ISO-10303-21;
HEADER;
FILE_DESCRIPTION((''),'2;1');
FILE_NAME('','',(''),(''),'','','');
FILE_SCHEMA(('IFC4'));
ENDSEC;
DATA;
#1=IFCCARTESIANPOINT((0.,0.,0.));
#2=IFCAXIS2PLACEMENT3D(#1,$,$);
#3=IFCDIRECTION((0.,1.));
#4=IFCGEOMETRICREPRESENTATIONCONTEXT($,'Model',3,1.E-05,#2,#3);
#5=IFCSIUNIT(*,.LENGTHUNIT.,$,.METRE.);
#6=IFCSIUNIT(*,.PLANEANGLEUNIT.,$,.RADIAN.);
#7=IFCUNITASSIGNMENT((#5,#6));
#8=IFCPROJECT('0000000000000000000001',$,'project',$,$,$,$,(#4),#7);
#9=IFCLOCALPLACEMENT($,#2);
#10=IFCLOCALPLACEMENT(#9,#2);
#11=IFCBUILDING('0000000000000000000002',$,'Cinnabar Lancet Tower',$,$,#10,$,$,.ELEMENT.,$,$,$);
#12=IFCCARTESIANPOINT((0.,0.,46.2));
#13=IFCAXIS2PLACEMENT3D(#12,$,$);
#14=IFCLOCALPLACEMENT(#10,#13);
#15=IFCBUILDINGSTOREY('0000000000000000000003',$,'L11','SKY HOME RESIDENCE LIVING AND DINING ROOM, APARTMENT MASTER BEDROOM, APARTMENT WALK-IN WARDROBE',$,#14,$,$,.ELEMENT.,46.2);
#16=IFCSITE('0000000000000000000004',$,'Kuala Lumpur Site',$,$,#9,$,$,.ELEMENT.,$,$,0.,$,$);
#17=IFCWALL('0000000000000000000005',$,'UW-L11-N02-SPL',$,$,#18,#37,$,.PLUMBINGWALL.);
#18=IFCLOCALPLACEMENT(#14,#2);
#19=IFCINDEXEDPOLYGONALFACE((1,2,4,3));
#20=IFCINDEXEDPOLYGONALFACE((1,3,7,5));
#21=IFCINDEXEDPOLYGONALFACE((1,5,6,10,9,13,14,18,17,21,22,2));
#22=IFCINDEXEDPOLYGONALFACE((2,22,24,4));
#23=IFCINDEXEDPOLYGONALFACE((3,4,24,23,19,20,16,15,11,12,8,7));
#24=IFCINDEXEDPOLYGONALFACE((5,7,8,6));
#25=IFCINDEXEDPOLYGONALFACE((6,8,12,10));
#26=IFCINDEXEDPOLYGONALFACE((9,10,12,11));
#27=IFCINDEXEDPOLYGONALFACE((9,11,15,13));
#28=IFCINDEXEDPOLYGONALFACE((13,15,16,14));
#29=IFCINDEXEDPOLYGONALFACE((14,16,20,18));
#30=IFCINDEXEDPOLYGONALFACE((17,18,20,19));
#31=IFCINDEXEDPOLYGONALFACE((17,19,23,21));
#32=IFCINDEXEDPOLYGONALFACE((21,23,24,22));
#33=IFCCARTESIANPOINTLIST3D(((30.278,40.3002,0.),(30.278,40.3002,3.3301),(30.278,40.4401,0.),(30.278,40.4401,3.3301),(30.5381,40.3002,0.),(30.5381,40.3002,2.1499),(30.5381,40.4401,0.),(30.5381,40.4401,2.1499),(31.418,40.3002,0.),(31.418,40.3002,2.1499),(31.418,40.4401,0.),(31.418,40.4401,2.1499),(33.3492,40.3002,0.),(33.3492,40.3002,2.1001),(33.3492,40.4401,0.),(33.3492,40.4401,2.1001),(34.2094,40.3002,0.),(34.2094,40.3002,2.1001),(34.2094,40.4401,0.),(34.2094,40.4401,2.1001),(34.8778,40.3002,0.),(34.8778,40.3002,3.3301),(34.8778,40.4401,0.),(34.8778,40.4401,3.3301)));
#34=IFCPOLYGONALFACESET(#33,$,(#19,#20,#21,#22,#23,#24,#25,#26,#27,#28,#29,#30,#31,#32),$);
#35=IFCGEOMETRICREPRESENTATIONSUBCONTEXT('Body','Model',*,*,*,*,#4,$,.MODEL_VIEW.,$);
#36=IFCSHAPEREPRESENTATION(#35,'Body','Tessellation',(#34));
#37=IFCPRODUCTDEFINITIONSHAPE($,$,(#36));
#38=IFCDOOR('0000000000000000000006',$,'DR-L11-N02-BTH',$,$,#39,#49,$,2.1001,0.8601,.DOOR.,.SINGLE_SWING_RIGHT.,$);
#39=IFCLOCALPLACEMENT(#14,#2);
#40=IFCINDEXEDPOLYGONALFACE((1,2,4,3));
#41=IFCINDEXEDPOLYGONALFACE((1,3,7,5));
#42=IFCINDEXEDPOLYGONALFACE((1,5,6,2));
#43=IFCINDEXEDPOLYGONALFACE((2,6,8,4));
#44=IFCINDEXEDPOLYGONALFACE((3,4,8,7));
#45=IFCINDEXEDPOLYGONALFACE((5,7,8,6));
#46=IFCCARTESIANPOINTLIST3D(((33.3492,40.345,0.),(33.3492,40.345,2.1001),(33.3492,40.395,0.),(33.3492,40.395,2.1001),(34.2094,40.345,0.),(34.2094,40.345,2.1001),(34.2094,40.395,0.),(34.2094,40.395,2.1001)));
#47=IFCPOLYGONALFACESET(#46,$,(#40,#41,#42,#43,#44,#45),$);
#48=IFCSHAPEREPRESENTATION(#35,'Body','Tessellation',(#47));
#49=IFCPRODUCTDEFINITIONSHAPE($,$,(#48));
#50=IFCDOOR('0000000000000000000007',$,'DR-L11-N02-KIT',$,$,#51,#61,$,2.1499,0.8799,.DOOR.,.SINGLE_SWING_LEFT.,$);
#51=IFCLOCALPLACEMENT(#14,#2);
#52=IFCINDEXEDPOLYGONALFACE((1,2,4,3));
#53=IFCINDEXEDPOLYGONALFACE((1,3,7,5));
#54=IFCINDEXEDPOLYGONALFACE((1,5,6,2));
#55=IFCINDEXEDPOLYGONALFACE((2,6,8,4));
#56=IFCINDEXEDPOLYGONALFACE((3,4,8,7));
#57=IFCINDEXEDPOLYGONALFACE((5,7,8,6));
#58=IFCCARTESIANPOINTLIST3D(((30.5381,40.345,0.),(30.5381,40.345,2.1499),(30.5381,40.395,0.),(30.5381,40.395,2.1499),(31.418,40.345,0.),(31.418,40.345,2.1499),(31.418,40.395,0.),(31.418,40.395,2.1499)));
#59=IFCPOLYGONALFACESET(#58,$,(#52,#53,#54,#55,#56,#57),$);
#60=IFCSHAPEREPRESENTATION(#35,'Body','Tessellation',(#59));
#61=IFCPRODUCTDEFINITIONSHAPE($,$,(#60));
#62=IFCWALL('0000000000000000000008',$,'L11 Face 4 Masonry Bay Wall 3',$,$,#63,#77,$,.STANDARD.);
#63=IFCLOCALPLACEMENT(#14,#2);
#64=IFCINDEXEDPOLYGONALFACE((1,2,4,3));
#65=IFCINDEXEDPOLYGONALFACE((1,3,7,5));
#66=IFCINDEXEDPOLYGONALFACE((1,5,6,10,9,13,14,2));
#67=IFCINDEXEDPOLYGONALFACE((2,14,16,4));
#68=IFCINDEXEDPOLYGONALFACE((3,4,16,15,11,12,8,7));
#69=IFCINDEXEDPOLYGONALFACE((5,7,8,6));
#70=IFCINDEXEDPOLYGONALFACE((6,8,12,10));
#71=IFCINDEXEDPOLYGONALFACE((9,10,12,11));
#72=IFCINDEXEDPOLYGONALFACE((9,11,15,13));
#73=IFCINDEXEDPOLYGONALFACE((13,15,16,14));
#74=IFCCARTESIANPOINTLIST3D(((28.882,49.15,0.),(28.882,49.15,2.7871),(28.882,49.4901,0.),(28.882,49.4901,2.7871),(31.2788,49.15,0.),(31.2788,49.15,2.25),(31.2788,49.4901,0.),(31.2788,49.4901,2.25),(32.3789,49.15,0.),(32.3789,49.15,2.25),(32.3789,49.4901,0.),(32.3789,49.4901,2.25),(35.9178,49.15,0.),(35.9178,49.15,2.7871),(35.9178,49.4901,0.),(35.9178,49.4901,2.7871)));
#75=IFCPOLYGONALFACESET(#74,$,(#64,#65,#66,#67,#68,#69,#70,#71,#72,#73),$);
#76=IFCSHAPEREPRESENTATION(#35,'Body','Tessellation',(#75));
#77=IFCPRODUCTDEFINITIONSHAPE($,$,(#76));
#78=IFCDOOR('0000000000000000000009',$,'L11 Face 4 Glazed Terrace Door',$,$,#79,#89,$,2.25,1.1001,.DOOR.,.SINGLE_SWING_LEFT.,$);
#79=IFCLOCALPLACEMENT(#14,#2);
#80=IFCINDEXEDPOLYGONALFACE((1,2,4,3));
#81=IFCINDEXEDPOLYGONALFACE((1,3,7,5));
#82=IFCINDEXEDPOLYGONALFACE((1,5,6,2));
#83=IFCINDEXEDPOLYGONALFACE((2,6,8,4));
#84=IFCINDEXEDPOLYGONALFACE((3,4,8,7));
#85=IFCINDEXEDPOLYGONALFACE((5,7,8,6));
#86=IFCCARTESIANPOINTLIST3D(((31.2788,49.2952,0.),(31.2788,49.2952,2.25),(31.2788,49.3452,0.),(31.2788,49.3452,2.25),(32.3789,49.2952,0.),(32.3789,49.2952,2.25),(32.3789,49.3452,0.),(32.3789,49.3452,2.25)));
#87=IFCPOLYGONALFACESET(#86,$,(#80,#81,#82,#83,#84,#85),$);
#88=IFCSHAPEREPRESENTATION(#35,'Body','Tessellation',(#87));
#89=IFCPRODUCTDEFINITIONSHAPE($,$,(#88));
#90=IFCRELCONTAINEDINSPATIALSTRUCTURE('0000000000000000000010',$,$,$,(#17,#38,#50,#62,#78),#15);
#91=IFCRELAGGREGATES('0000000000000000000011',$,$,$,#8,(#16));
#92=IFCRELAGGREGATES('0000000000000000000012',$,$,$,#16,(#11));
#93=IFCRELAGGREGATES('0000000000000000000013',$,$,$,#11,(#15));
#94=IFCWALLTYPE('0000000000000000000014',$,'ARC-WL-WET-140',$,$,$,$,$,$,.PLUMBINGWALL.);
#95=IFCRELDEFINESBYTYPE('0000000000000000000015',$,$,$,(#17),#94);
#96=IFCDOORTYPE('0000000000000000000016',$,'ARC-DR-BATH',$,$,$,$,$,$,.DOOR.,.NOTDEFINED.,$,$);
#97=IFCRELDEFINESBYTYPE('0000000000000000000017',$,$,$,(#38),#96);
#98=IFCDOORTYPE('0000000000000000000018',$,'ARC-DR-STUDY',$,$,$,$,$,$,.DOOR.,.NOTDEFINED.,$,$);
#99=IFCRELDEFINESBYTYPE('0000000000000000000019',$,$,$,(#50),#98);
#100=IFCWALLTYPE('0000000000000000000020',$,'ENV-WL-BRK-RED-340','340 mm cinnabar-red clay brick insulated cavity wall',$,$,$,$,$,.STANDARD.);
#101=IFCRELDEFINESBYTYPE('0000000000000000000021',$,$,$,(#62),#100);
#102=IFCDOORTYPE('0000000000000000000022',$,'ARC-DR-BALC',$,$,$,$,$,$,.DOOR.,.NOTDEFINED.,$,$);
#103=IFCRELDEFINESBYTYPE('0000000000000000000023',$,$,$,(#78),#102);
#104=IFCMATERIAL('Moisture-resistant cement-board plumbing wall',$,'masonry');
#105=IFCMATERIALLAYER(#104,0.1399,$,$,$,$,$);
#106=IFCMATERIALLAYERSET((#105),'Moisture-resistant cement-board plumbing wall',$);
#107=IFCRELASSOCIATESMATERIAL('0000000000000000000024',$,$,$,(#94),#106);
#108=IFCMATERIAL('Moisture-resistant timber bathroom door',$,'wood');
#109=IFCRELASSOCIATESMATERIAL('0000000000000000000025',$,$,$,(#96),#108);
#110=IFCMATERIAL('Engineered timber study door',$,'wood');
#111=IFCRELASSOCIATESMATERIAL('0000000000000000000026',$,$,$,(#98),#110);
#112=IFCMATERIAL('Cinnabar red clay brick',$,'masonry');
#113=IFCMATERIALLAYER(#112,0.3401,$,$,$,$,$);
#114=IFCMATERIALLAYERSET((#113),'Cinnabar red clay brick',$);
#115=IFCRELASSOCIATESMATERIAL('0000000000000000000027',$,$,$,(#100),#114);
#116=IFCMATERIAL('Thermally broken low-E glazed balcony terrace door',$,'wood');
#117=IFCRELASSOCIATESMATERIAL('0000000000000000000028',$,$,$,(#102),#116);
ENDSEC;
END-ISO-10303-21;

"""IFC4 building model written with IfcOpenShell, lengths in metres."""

from ifc_helpers import new_model, si_unit, direction, frame, frame_2d, origin, place, context, subcontext, project, spatial, rectangle, extrude, material, layer, layer_set, type_object, element, fill, save


model = new_model("IFC4")

# Units and contexts
model_context = context("Model", 3, precision=1e-05, world=origin(), true_north=direction((0.0, 1.0)))
body_context = subcontext(model_context, "Body", "Model", "MODEL_VIEW")
ifc_project = project(units=[si_unit("LENGTHUNIT", "METRE"), si_unit("PLANEANGLEUNIT", "RADIAN")], contexts=[model_context])

# Site, building, storey
site_placement = place(None, origin())
site = spatial("IfcSite", under=ifc_project, at=site_placement, Name="Kuala Lumpur Site", CompositionType="ELEMENT", RefElevation=0.0)
building_placement = place(site_placement, origin())
building = spatial("IfcBuilding", under=site, at=building_placement, Name="Cinnabar Lancet Tower", CompositionType="ELEMENT")
storey_placement = place(building_placement, frame((0.0, 0.0, 46.2)))
storey = spatial("IfcBuildingStorey", under=building, at=storey_placement, Name="L11", Description="SKY HOME RESIDENCE LIVING AND DINING ROOM, APARTMENT MASTER BEDROOM, APARTMENT WALK-IN WARDROBE", CompositionType="ELEMENT", Elevation=46.2)

# Wall, openings, doors
ifc_material_1 = material(Name="Moisture-resistant cement-board plumbing wall", Category="masonry")
ifc_layer_1 = layer(ifc_material_1, 0.1399)
ifc_layer_set_1 = layer_set([ifc_layer_1], Name="Moisture-resistant cement-board plumbing wall")
wall_type_1 = type_object("IfcWallType", Name="ARC-WL-WET-140", PredefinedType="PLUMBINGWALL", material=ifc_layer_set_1)
wall_1_placement = place(storey_placement, frame((30.2781, 40.3701, 0.0), z_axis=(0.0, 0.0, 1.0), x_axis=(1.0, 0.0, 0.0)))
wall_1 = element("IfcWall", 1, at=wall_1_placement, inside=storey, type_object=wall_type_1, Name="UW-L11-N02-SPL", PredefinedType="PLUMBINGWALL", context=body_context, shape_type="SweptSolid", body=[
    extrude(rectangle(XDim=4.5999, YDim=0.1399, at=frame_2d((2.2998, 0.0))), origin(), (0.0, 0.0, 1.0), 3.3301),
])
opening_1_placement = place(wall_1_placement, frame((3.071, 0.0, 0.0)))
opening_1 = element("IfcOpeningElement", 2, at=opening_1_placement, cuts=wall_1, PredefinedType="OPENING", context=body_context, shape_type="SweptSolid", body=[
    extrude(rectangle(XDim=0.8601, YDim=2.1001, at=frame_2d((0.4302, 1.05))), frame((0.0, 0.0798, 0.0), z_axis=(0.0, -1.0, 0.0), x_axis=(1.0, 0.0, 0.0)), (0.0, 0.0, 1.0), 0.1599),
])
opening_2_placement = place(wall_1_placement, frame((0.26, 0.0, 0.0)))
opening_2 = element("IfcOpeningElement", 3, at=opening_2_placement, cuts=wall_1, PredefinedType="OPENING", context=body_context, shape_type="SweptSolid", body=[
    extrude(rectangle(XDim=0.8799, YDim=2.1499, at=frame_2d((0.4399, 1.075))), frame((0.0, 0.0798, 0.0), z_axis=(0.0, -1.0, 0.0), x_axis=(1.0, 0.0, 0.0)), (0.0, 0.0, 1.0), 0.1599),
])
ifc_material_2 = material(Name="Moisture-resistant timber bathroom door", Category="wood")
door_type_1 = type_object("IfcDoorType", Name="ARC-DR-BATH", OperationType="NOTDEFINED", PredefinedType="DOOR", material=ifc_material_2)
door_1_placement = place(opening_1_placement, origin())
door_1 = element("IfcDoor", 4, at=door_1_placement, inside=storey, type_object=door_type_1, Name="DR-L11-N02-BTH", OperationType="SINGLE_SWING_RIGHT", OverallHeight=2.1001, OverallWidth=0.8601, PredefinedType="DOOR", context=body_context, shape_type="SweptSolid", body=[
    extrude(rectangle(XDim=0.8601, YDim=2.1001, at=frame_2d((0.4302, 1.05))), frame((0.0, 0.0249, 0.0), z_axis=(0.0, -1.0, 0.0), x_axis=(1.0, 0.0, 0.0)), (0.0, 0.0, 1.0), 0.05),
])
fill(opening_1, door_1)
ifc_material_3 = material(Name="Engineered timber study door", Category="wood")
door_type_2 = type_object("IfcDoorType", Name="ARC-DR-STUDY", OperationType="NOTDEFINED", PredefinedType="DOOR", material=ifc_material_3)
door_2_placement = place(opening_2_placement, origin())
door_2 = element("IfcDoor", 5, at=door_2_placement, inside=storey, type_object=door_type_2, Name="DR-L11-N02-KIT", OperationType="SINGLE_SWING_LEFT", OverallHeight=2.1499, OverallWidth=0.8799, PredefinedType="DOOR", context=body_context, shape_type="SweptSolid", body=[
    extrude(rectangle(XDim=0.8799, YDim=2.1499, at=frame_2d((0.4399, 1.075))), frame((0.0, 0.0249, 0.0), z_axis=(0.0, -1.0, 0.0), x_axis=(1.0, 0.0, 0.0)), (0.0, 0.0, 1.0), 0.05),
])
fill(opening_2, door_2)

# Wall, opening, door
ifc_material_4 = material(Name="Cinnabar red clay brick", Category="masonry")
ifc_layer_2 = layer(ifc_material_4, 0.3401)
ifc_layer_set_2 = layer_set([ifc_layer_2], Name="Cinnabar red clay brick")
wall_type_2 = type_object("IfcWallType", Name="ENV-WL-BRK-RED-340", Description="340 mm cinnabar-red clay brick insulated cavity wall", PredefinedType="STANDARD", material=ifc_layer_set_2)
wall_2_placement = place(storey_placement, frame((35.918, 49.3201, 0.0), z_axis=(0.0, 0.0, 1.0), x_axis=(-1.0, 0.0, 0.0)))
wall_2 = element("IfcWall", 6, at=wall_2_placement, inside=storey, type_object=wall_type_2, Name="L11 Face 4 Masonry Bay Wall 3", PredefinedType="STANDARD", context=body_context, shape_type="SweptSolid", body=[
    extrude(rectangle(XDim=7.0359, YDim=0.3401, at=frame_2d((3.5181, 0.0))), origin(), (0.0, 0.0, 1.0), 2.7871),
])
opening_3_placement = place(wall_2_placement, frame((3.5391, 0.0, 0.0)))
opening_3 = element("IfcOpeningElement", 7, at=opening_3_placement, cuts=wall_2, PredefinedType="OPENING", context=body_context, shape_type="SweptSolid", body=[
    extrude(rectangle(XDim=1.1001, YDim=2.25, at=frame_2d((0.55, 1.125))), frame((0.0, 0.1799, 0.0), z_axis=(0.0, -1.0, 0.0), x_axis=(1.0, 0.0, 0.0)), (0.0, 0.0, 1.0), 0.3601),
])
ifc_material_5 = material(Name="Thermally broken low-E glazed balcony terrace door", Category="wood")
door_type_3 = type_object("IfcDoorType", Name="ARC-DR-BALC", OperationType="NOTDEFINED", PredefinedType="DOOR", material=ifc_material_5)
door_3_placement = place(opening_3_placement, origin())
door_3 = element("IfcDoor", 8, at=door_3_placement, inside=storey, type_object=door_type_3, Name="L11 Face 4 Glazed Terrace Door", OperationType="SINGLE_SWING_LEFT", OverallHeight=2.25, OverallWidth=1.1001, PredefinedType="DOOR", context=body_context, shape_type="SweptSolid", body=[
    extrude(rectangle(XDim=1.1001, YDim=2.25, at=frame_2d((0.55, 1.125))), frame((0.0, 0.0249, 0.0), z_axis=(0.0, -1.0, 0.0), x_axis=(1.0, 0.0, 0.0)), (0.0, 0.0, 1.0), 0.05),
])
fill(opening_3, door_3)

save(model, "model.ifc")
